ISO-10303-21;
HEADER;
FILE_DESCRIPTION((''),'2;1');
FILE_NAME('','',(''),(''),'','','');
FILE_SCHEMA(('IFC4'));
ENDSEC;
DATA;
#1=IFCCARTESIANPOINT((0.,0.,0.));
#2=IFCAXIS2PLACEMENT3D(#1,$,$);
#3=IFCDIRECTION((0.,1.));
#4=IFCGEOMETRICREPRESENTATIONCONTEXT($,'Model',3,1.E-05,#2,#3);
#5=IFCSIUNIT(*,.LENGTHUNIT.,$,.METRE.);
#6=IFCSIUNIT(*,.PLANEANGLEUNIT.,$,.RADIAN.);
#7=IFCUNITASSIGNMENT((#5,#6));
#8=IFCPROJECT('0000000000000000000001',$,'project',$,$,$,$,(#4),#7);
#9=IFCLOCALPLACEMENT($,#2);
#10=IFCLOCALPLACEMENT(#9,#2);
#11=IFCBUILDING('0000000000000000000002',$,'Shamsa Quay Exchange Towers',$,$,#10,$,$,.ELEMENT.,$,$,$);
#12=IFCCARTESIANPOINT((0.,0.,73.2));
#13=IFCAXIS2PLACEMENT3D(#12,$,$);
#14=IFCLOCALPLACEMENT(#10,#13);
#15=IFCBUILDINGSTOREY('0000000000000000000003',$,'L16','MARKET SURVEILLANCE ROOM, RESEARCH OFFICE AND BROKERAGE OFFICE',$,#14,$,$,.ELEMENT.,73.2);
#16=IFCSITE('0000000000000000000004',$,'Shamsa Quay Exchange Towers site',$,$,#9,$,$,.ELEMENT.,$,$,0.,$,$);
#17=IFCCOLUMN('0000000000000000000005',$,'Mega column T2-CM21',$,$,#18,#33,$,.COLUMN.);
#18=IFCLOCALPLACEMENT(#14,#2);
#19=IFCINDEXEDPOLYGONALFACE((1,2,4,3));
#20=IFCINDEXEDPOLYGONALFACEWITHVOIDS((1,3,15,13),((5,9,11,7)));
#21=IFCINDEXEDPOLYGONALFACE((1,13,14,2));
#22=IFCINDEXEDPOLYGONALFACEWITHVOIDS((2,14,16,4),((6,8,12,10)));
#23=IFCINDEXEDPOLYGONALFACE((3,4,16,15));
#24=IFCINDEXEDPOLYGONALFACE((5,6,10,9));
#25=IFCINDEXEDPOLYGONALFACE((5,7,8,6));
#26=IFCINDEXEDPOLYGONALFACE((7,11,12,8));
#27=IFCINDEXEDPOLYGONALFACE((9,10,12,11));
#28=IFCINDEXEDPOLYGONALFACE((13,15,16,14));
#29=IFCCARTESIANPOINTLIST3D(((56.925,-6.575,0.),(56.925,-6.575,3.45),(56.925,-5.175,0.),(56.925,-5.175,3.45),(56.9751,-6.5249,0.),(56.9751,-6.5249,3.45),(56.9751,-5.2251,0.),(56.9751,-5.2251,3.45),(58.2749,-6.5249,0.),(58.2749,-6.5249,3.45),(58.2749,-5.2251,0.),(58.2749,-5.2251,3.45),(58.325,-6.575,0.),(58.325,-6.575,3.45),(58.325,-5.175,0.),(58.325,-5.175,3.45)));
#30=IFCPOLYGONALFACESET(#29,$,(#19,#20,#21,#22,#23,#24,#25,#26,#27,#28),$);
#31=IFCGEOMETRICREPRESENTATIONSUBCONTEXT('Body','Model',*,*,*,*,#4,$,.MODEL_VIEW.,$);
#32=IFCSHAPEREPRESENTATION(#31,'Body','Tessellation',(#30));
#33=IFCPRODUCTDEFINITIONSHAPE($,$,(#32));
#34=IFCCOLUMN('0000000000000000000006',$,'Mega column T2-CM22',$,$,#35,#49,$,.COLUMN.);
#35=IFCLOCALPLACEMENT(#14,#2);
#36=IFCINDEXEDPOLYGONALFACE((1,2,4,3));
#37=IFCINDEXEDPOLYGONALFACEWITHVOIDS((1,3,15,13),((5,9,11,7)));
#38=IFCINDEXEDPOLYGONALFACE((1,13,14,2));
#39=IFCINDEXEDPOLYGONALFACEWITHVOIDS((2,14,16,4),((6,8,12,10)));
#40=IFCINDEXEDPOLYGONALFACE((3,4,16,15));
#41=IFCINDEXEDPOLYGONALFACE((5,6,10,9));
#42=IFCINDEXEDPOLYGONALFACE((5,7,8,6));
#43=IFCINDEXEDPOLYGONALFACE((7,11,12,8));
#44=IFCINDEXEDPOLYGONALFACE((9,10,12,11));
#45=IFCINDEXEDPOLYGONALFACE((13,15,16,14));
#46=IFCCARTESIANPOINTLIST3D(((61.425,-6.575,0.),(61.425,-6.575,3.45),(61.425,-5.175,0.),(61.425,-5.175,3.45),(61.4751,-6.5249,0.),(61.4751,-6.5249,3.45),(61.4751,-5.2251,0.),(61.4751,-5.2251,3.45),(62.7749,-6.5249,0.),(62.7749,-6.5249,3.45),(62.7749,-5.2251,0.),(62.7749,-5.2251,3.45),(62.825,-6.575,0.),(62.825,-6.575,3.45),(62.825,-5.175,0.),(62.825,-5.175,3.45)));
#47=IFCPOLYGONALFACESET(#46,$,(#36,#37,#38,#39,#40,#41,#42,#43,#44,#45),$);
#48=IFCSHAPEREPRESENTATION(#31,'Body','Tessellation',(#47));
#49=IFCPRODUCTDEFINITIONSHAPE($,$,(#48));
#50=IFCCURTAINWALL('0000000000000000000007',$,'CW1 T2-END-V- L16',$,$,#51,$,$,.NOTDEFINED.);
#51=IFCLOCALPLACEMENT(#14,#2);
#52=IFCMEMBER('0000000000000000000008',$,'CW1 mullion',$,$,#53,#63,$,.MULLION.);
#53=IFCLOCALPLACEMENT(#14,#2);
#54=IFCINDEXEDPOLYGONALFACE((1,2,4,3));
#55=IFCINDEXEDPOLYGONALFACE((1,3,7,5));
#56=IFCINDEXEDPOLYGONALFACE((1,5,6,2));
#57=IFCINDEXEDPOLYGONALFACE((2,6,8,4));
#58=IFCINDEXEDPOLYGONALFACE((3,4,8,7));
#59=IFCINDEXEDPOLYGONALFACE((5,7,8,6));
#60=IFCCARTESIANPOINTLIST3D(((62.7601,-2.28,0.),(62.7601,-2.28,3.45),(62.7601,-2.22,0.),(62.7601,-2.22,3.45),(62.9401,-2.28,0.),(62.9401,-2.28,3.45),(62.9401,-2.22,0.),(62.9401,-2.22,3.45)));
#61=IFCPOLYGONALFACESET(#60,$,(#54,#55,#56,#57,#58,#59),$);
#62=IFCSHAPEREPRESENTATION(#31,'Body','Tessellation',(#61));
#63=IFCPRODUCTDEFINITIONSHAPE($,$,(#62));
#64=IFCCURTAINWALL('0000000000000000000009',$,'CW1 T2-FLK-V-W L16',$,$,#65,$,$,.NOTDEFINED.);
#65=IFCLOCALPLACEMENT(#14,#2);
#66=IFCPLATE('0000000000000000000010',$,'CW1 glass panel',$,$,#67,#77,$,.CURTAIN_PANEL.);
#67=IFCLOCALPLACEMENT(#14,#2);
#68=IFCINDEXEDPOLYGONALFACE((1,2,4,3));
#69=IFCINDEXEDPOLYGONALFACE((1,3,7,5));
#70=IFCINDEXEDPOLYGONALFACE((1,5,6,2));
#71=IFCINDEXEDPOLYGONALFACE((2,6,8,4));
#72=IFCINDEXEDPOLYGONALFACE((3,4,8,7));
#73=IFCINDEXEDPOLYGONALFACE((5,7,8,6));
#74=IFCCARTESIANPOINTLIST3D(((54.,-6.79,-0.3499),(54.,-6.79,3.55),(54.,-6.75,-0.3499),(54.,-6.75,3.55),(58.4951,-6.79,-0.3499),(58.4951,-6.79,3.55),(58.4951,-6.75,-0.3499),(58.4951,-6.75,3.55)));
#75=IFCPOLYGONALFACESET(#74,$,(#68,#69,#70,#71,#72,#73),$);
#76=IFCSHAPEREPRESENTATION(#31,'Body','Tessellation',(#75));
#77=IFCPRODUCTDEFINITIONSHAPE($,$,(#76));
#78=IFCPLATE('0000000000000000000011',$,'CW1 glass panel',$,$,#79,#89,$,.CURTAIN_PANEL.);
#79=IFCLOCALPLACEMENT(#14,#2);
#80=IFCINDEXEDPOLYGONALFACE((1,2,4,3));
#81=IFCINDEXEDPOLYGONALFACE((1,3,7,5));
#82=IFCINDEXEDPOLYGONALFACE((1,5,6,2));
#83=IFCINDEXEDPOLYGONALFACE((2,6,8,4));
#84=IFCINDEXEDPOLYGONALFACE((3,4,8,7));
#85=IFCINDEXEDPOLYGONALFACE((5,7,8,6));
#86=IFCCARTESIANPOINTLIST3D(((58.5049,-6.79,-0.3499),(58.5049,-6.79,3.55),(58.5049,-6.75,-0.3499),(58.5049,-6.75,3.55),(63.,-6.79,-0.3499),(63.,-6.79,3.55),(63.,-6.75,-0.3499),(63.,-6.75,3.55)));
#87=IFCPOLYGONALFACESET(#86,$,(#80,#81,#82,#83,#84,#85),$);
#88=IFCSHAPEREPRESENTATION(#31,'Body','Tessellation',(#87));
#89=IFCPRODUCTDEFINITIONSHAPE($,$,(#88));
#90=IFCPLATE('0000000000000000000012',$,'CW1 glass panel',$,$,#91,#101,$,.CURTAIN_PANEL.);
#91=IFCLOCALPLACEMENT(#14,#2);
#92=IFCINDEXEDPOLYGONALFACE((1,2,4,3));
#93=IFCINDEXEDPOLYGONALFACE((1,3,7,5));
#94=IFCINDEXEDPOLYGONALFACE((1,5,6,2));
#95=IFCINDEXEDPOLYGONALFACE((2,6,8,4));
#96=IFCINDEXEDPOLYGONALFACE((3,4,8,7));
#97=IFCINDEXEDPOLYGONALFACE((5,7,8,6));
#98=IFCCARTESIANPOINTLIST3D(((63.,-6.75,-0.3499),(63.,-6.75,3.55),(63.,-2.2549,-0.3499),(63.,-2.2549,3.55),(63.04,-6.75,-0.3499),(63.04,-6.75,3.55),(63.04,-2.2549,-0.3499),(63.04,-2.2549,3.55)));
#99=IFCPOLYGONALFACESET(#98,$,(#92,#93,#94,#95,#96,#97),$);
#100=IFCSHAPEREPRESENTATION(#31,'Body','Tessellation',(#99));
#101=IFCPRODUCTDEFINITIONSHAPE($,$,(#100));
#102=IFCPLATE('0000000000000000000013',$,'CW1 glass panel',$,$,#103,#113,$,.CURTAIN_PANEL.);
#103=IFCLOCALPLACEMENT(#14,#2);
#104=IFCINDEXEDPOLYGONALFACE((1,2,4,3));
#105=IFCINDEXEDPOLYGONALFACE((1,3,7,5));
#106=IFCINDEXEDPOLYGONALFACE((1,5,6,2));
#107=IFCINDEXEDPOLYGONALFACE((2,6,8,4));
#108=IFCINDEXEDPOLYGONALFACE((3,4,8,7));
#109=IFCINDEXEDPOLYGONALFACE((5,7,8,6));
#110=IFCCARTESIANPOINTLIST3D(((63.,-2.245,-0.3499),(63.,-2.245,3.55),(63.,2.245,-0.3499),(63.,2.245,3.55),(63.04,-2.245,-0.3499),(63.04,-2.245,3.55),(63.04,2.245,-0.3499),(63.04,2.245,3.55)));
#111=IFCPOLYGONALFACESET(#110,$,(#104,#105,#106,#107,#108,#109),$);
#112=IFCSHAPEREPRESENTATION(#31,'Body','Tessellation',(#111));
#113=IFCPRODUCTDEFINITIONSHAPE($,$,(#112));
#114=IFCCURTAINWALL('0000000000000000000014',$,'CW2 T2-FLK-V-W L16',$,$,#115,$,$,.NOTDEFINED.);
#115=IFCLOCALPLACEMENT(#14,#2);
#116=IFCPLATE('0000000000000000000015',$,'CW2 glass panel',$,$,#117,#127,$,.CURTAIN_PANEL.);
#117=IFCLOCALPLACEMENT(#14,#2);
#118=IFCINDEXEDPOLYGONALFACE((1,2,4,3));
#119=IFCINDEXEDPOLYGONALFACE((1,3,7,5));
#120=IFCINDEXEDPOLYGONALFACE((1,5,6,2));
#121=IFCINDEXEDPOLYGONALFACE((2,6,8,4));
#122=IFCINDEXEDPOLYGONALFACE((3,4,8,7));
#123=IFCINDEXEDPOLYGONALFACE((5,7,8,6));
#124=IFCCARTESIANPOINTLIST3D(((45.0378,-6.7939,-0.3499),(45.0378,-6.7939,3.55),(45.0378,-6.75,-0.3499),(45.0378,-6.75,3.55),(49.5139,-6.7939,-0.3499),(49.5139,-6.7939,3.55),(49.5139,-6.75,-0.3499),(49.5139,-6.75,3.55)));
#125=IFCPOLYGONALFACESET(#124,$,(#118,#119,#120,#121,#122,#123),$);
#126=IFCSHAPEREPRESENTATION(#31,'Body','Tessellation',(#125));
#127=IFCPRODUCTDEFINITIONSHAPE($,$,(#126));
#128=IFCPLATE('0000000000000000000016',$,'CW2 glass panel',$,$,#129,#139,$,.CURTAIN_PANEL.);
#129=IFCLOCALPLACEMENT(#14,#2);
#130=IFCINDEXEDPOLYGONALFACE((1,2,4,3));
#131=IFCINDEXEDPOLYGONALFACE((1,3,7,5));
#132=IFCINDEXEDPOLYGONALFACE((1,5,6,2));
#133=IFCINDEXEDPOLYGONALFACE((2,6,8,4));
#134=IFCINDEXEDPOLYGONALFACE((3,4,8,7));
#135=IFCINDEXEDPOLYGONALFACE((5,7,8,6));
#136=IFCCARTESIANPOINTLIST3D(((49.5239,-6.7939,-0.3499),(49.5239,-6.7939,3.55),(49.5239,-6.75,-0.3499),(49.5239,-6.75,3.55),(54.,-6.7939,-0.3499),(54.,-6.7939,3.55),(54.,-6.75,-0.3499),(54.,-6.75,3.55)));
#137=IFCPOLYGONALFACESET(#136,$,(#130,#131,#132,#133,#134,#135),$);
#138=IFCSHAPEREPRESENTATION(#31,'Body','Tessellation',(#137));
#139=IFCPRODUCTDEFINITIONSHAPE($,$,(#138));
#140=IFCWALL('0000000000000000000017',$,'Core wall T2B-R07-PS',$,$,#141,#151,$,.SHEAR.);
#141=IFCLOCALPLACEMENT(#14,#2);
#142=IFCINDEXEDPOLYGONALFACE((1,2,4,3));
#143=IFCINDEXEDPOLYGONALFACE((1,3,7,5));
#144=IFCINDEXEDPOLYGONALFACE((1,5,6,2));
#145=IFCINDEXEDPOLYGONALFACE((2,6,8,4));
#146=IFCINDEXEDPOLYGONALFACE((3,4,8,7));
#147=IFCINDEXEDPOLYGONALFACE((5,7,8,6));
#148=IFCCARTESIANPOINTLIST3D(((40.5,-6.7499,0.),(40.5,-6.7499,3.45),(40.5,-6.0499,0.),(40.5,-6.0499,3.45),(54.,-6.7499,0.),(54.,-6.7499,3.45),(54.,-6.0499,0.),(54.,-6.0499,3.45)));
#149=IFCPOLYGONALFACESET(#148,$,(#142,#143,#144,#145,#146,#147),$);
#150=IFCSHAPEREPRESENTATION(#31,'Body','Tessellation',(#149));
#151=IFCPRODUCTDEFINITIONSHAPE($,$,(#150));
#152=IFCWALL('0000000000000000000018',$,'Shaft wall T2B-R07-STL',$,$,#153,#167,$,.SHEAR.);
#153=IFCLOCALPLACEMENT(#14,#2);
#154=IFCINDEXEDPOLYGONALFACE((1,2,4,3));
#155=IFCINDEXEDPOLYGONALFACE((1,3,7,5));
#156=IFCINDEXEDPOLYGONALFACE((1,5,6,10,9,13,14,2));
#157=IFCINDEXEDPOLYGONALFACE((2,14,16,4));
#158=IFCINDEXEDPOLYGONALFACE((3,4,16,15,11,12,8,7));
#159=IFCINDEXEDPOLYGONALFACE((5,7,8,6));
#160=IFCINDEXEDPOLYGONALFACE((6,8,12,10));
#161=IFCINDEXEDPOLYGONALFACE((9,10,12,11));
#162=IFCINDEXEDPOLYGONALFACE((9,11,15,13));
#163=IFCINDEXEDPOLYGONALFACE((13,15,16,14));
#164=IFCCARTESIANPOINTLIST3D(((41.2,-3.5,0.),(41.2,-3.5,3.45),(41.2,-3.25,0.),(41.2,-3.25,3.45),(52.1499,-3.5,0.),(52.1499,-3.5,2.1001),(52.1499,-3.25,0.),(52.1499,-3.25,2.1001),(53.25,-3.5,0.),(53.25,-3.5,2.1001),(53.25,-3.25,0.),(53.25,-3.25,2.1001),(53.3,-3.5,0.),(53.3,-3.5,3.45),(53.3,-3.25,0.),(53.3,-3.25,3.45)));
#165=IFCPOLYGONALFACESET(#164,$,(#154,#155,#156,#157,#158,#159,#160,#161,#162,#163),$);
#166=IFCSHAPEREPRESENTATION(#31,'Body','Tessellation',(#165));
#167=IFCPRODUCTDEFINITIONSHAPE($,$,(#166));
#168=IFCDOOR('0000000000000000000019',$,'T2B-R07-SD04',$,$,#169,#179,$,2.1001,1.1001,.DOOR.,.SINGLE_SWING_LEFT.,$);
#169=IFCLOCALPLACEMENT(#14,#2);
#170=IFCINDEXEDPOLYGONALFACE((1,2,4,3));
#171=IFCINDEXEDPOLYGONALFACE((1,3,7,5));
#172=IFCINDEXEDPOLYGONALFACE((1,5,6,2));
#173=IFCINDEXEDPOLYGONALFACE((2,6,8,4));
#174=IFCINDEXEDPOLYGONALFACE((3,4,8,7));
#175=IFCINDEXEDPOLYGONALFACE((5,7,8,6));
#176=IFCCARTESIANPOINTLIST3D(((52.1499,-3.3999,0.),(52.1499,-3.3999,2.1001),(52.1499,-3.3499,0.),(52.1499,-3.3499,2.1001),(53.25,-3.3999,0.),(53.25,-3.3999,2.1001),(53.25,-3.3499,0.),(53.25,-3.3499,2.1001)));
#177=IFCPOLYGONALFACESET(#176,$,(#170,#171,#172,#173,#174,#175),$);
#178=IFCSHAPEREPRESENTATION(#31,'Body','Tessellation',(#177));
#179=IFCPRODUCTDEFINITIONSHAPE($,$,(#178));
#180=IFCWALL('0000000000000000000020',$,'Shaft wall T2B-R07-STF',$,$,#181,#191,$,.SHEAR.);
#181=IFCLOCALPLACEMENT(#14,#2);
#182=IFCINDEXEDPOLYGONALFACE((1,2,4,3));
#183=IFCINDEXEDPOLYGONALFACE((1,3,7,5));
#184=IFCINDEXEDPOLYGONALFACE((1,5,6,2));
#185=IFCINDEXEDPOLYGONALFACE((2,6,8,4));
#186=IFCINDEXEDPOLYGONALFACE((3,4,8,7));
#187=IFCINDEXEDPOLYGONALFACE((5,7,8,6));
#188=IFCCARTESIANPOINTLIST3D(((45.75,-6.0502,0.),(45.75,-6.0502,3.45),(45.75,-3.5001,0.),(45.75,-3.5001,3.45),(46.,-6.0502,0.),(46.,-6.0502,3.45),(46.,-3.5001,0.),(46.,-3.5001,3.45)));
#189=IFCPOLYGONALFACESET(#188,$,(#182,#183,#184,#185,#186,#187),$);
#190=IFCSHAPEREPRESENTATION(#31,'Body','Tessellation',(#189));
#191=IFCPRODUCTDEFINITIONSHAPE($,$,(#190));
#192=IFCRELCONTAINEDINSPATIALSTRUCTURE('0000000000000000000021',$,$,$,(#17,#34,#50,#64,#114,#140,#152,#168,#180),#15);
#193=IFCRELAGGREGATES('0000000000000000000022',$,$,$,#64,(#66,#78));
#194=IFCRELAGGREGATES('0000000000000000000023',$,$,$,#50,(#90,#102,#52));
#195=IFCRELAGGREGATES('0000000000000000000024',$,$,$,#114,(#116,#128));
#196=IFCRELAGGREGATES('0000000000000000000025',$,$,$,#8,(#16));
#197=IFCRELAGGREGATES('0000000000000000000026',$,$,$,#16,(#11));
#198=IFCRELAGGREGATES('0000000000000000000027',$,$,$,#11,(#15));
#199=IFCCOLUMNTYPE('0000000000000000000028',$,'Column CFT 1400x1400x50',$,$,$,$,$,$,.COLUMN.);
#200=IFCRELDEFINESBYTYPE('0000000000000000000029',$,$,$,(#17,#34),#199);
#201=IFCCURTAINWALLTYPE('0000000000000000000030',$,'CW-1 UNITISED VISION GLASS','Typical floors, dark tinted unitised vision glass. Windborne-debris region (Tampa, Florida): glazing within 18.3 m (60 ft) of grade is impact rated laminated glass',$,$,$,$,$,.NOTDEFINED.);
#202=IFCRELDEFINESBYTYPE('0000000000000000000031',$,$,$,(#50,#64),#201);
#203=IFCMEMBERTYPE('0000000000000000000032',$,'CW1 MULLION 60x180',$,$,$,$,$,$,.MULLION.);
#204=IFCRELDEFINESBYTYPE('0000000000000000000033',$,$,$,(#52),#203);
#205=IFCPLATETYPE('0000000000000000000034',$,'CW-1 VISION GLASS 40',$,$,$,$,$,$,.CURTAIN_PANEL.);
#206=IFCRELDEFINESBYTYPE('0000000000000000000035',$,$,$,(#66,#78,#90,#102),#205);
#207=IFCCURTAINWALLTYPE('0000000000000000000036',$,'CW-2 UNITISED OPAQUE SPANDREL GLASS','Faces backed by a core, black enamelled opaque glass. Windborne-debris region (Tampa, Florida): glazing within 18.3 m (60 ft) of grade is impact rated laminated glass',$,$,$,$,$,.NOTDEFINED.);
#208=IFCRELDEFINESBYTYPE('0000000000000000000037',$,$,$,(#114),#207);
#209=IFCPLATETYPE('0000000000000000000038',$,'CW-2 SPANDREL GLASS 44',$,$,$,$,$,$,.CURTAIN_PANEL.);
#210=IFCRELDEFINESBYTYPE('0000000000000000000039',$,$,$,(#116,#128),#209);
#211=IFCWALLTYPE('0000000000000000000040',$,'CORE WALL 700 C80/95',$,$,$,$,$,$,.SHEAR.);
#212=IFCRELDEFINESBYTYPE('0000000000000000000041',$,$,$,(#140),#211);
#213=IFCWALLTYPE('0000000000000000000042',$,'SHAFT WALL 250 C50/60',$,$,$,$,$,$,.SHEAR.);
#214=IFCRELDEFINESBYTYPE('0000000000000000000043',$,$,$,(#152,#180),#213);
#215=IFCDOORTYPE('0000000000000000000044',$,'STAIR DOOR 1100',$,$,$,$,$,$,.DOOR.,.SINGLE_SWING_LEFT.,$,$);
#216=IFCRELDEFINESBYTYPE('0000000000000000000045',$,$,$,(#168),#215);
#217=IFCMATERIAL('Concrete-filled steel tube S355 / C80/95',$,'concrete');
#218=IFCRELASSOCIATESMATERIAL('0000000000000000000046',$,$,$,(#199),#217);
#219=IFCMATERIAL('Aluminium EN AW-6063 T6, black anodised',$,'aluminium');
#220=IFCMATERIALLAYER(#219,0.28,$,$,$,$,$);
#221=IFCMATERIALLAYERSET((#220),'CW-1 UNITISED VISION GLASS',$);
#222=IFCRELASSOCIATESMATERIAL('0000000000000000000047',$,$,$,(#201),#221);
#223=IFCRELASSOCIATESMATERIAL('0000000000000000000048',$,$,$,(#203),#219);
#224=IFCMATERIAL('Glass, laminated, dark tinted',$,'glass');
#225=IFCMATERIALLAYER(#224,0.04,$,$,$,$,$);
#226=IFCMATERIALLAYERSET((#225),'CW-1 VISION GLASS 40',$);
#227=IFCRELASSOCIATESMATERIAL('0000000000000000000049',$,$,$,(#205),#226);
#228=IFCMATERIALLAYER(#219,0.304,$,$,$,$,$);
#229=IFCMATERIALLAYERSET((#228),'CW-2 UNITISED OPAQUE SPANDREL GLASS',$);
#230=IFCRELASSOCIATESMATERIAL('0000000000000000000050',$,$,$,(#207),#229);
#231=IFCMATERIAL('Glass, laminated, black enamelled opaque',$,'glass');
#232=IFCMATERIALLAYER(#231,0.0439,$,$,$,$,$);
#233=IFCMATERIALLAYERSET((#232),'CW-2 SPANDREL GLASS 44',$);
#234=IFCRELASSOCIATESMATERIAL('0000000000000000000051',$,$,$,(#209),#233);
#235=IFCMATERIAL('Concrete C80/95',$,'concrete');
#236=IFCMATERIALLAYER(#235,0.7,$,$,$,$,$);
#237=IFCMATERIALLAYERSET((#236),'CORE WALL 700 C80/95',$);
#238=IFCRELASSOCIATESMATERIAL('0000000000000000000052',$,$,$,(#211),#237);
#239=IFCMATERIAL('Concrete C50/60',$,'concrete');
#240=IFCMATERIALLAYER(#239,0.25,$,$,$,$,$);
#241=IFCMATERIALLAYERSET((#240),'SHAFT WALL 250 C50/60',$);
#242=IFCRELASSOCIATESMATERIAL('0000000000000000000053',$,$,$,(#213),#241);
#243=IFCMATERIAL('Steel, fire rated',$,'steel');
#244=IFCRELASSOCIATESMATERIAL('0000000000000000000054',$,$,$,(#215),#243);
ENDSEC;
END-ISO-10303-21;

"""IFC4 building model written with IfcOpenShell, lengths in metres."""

from ifc_helpers import new_model, si_unit, direction, frame, frame_2d, origin, origin_2d, place, context, subcontext, project, spatial, rectangle, hollow_rectangle, extrude, material, layer, layer_set, material_profile, profile_set, type_object, element, fill, aggregate, save


model = new_model("IFC4")

# Units and contexts
model_context = context("Model", 3, precision=1e-05, world=origin(), true_north=direction((0.0, 1.0)))
body_context = subcontext(model_context, "Body", "Model", "MODEL_VIEW")
ifc_project = project(units=[si_unit("LENGTHUNIT", "METRE"), si_unit("PLANEANGLEUNIT", "RADIAN")], contexts=[model_context])

# Site, building, storey
site_placement = place(None, origin())
site = spatial("IfcSite", under=ifc_project, at=site_placement, Name="Shamsa Quay Exchange Towers site", CompositionType="ELEMENT", RefElevation=0.0)
building_placement = place(site_placement, origin())
building = spatial("IfcBuilding", under=site, at=building_placement, Name="Shamsa Quay Exchange Towers", CompositionType="ELEMENT")
storey_placement = place(building_placement, frame((0.0, 0.0, 73.2)))
storey = spatial("IfcBuildingStorey", under=building, at=storey_placement, Name="L16", Description="MARKET SURVEILLANCE ROOM, RESEARCH OFFICE AND BROKERAGE OFFICE", CompositionType="ELEMENT", Elevation=73.2)

# Columns
ifc_material_1 = material(Name="Concrete-filled steel tube S355 / C80/95", Category="concrete")
ifc_material_profile_1 = material_profile(ifc_material_1, hollow_rectangle(XDim=1.3999, YDim=1.3999, WallThickness=0.05, at=origin_2d()), Name="CFT 1400x1400x50")
ifc_profile_set_1 = profile_set([ifc_material_profile_1], Name="Concrete-filled steel tube S355 / C80/95")
column_type = type_object("IfcColumnType", Name="Column CFT 1400x1400x50", PredefinedType="COLUMN", material=ifc_profile_set_1)
for number, where, name in (
    (1, (57.625, -5.875, 0.0), "Mega column T2-CM21"),
    (2, (62.125, -5.875, 0.0), "Mega column T2-CM22"),
):
    element("IfcColumn", number, at=place(storey_placement, frame(where)), inside=storey, type_object=column_type, Name=name, PredefinedType="COLUMN", context=body_context, shape_type="SweptSolid", body=[
        extrude(hollow_rectangle(XDim=1.3999, YDim=1.3999, WallThickness=0.05, at=origin_2d()), origin(), (0.0, 0.0, 1.0), 3.45),
    ])

# Curtain wall, member
ifc_material_2 = material(Name="Aluminium EN AW-6063 T6, black anodised", Category="aluminium")
ifc_layer_1 = layer(ifc_material_2, 0.28)
ifc_layer_set_1 = layer_set([ifc_layer_1], Name="CW-1 UNITISED VISION GLASS")
curtain_wall_type_1 = type_object("IfcCurtainWallType", Name="CW-1 UNITISED VISION GLASS", Description="Typical floors, dark tinted unitised vision glass. Windborne-debris region (Tampa, Florida): glazing within 18.3 m (60 ft) of grade is impact rated laminated glass", PredefinedType="NOTDEFINED", material=ifc_layer_set_1)
curtain_wall_1_placement = place(storey_placement, origin())
curtain_wall_1 = element("IfcCurtainWall", 3, at=curtain_wall_1_placement, inside=storey, type_object=curtain_wall_type_1, Name="CW1 T2-END-V- L16", PredefinedType="NOTDEFINED")
ifc_material_profile_2 = material_profile(ifc_material_2, rectangle(XDim=0.1799, YDim=0.0601, at=origin_2d()), Name="MU60x180")
ifc_profile_set_2 = profile_set([ifc_material_profile_2], Name="Aluminium EN AW-6063 T6, black anodised")
member_type = type_object("IfcMemberType", Name="CW1 MULLION 60x180", PredefinedType="MULLION", material=ifc_profile_set_2)
member_placement = place(storey_placement, frame((62.8501, -2.25, 0.0), z_axis=(0.0, 0.0, 1.0), x_axis=(-1.0, 0.0, 0.0)))
member = element("IfcMember", 4, at=member_placement, type_object=member_type, Name="CW1 mullion", PredefinedType="MULLION", context=body_context, shape_type="SweptSolid", body=[
    extrude(rectangle(XDim=0.1799, YDim=0.0601, at=origin_2d()), origin(), (0.0, 0.0, 1.0), 3.45),
])

# Curtain wall, plates
curtain_wall_2_placement = place(storey_placement, origin())
curtain_wall_2 = element("IfcCurtainWall", 5, at=curtain_wall_2_placement, inside=storey, type_object=curtain_wall_type_1, Name="CW1 T2-FLK-V-W L16", PredefinedType="NOTDEFINED")
ifc_material_3 = material(Name="Glass, laminated, dark tinted", Category="glass")
ifc_layer_2 = layer(ifc_material_3, 0.04)
ifc_layer_set_2 = layer_set([ifc_layer_2], Name="CW-1 VISION GLASS 40")
plate_type_1 = type_object("IfcPlateType", Name="CW-1 VISION GLASS 40", PredefinedType="CURTAIN_PANEL", material=ifc_layer_set_2)
plate_1_placement = place(storey_placement, frame((56.2476, -6.77, -0.3499)))
plate_1 = element("IfcPlate", 6, at=plate_1_placement, type_object=plate_type_1, Name="CW1 glass panel", PredefinedType="CURTAIN_PANEL", context=body_context, shape_type="SweptSolid", body=[
    extrude(rectangle(XDim=4.4951, YDim=0.04, at=origin_2d()), origin(), (0.0, 0.0, 1.0), 3.8999),
])
plate_2_placement = place(storey_placement, frame((60.7524, -6.77, -0.3499)))
plate_2 = element("IfcPlate", 7, at=plate_2_placement, type_object=plate_type_1, Name="CW1 glass panel", PredefinedType="CURTAIN_PANEL", context=body_context, shape_type="SweptSolid", body=[
    extrude(rectangle(XDim=4.4951, YDim=0.04, at=origin_2d()), origin(), (0.0, 0.0, 1.0), 3.8999),
])
aggregate(curtain_wall_2, [plate_1, plate_2])

# Plates
plate_3_placement = place(storey_placement, frame((63.02, -4.5024, -0.3499), z_axis=(0.0, 0.0, 1.0), x_axis=(0.0, 1.0, 0.0)))
plate_3 = element("IfcPlate", 8, at=plate_3_placement, type_object=plate_type_1, Name="CW1 glass panel", PredefinedType="CURTAIN_PANEL", context=body_context, shape_type="SweptSolid", body=[
    extrude(rectangle(XDim=4.4951, YDim=0.04, at=origin_2d()), origin(), (0.0, 0.0, 1.0), 3.8999),
])
plate_4_placement = place(storey_placement, frame((63.02, 0.0, -0.3499), z_axis=(0.0, 0.0, 1.0), x_axis=(0.0, 1.0, 0.0)))
plate_4 = element("IfcPlate", 9, at=plate_4_placement, type_object=plate_type_1, Name="CW1 glass panel", PredefinedType="CURTAIN_PANEL", context=body_context, shape_type="SweptSolid", body=[
    extrude(rectangle(XDim=4.49, YDim=0.04, at=origin_2d()), origin(), (0.0, 0.0, 1.0), 3.8999),
])
aggregate(curtain_wall_1, [plate_3, plate_4, member])

# Curtain wall, plates
ifc_layer_3 = layer(ifc_material_2, 0.304)
ifc_layer_set_3 = layer_set([ifc_layer_3], Name="CW-2 UNITISED OPAQUE SPANDREL GLASS")
curtain_wall_type_2 = type_object("IfcCurtainWallType", Name="CW-2 UNITISED OPAQUE SPANDREL GLASS", Description="Faces backed by a core, black enamelled opaque glass. Windborne-debris region (Tampa, Florida): glazing within 18.3 m (60 ft) of grade is impact rated laminated glass", PredefinedType="NOTDEFINED", material=ifc_layer_set_3)
curtain_wall_3_placement = place(storey_placement, origin())
curtain_wall_3 = element("IfcCurtainWall", 10, at=curtain_wall_3_placement, inside=storey, type_object=curtain_wall_type_2, Name="CW2 T2-FLK-V-W L16", PredefinedType="NOTDEFINED")
ifc_material_4 = material(Name="Glass, laminated, black enamelled opaque", Category="glass")
ifc_layer_4 = layer(ifc_material_4, 0.0439)
ifc_layer_set_4 = layer_set([ifc_layer_4], Name="CW-2 SPANDREL GLASS 44")
plate_type_2 = type_object("IfcPlateType", Name="CW-2 SPANDREL GLASS 44", PredefinedType="CURTAIN_PANEL", material=ifc_layer_set_4)
plate_5_placement = place(storey_placement, frame((47.2759, -6.772, -0.3499)))
plate_5 = element("IfcPlate", 11, at=plate_5_placement, type_object=plate_type_2, Name="CW2 glass panel", PredefinedType="CURTAIN_PANEL", context=body_context, shape_type="SweptSolid", body=[
    extrude(rectangle(XDim=4.4761, YDim=0.0439, at=origin_2d()), origin(), (0.0, 0.0, 1.0), 3.8999),
])
plate_6_placement = place(storey_placement, frame((51.762, -6.772, -0.3499)))
plate_6 = element("IfcPlate", 12, at=plate_6_placement, type_object=plate_type_2, Name="CW2 glass panel", PredefinedType="CURTAIN_PANEL", context=body_context, shape_type="SweptSolid", body=[
    extrude(rectangle(XDim=4.4761, YDim=0.0439, at=origin_2d()), origin(), (0.0, 0.0, 1.0), 3.8999),
])
aggregate(curtain_wall_3, [plate_5, plate_6])

# Wall
ifc_material_5 = material(Name="Concrete C80/95", Category="concrete")
ifc_layer_5 = layer(ifc_material_5, 0.7)
ifc_layer_set_5 = layer_set([ifc_layer_5], Name="CORE WALL 700 C80/95")
wall_type_1 = type_object("IfcWallType", Name="CORE WALL 700 C80/95", PredefinedType="SHEAR", material=ifc_layer_set_5)
wall_1_placement = place(storey_placement, frame((54.0, -6.3999, 0.0), z_axis=(0.0, 0.0, 1.0), x_axis=(-1.0, 0.0, 0.0)))
element("IfcWall", 13, at=wall_1_placement, inside=storey, type_object=wall_type_1, Name="Core wall T2B-R07-PS", PredefinedType="SHEAR", context=body_context, shape_type="SweptSolid", body=[
    extrude(rectangle(XDim=13.5, YDim=0.7, at=frame_2d((6.75, 0.0))), origin(), (0.0, 0.0, 1.0), 3.45),
])

# Wall, opening, door
ifc_material_6 = material(Name="Steel, fire rated", Category="steel")
ifc_material_7 = material(Name="Concrete C50/60", Category="concrete")
ifc_layer_6 = layer(ifc_material_7, 0.25)
ifc_layer_set_6 = layer_set([ifc_layer_6], Name="SHAFT WALL 250 C50/60")
wall_type_2 = type_object("IfcWallType", Name="SHAFT WALL 250 C50/60", PredefinedType="SHEAR", material=ifc_layer_set_6)
wall_2_placement = place(storey_placement, frame((53.3, -3.375, 0.0), z_axis=(0.0, 0.0, 1.0), x_axis=(-1.0, 0.0, 0.0)))
wall_2 = element("IfcWall", 14, at=wall_2_placement, inside=storey, type_object=wall_type_2, Name="Shaft wall T2B-R07-STL", PredefinedType="SHEAR", context=body_context, shape_type="SweptSolid", body=[
    extrude(rectangle(XDim=12.1001, YDim=0.25, at=frame_2d((6.05, 0.0))), origin(), (0.0, 0.0, 1.0), 3.45),
])
opening_1_placement = place(wall_2_placement, frame((0.05, 0.0, 0.0)))
opening_1 = element("IfcOpeningElement", 15, at=opening_1_placement, cuts=wall_2, PredefinedType="OPENING", context=body_context, shape_type="SweptSolid", body=[
    extrude(rectangle(XDim=1.1001, YDim=2.1001, at=frame_2d((0.55, 1.05))), frame((0.0, 0.135, 0.0), z_axis=(0.0, -1.0, 0.0), x_axis=(1.0, 0.0, 0.0)), (0.0, 0.0, 1.0), 0.27),
])
door_type_1 = type_object("IfcDoorType", Name="STAIR DOOR 1100", OperationType="SINGLE_SWING_LEFT", PredefinedType="DOOR", material=ifc_material_6)
door_1_placement = place(opening_1_placement, origin())
door_1 = element("IfcDoor", 16, at=door_1_placement, inside=storey, type_object=door_type_1, Name="T2B-R07-SD04", OperationType="SINGLE_SWING_LEFT", OverallHeight=2.1001, OverallWidth=1.1001, PredefinedType="DOOR", context=body_context, shape_type="SweptSolid", body=[
    extrude(rectangle(XDim=1.1001, YDim=2.1001, at=frame_2d((0.55, 1.05))), frame((0.0, 0.0249, 0.0), z_axis=(0.0, -1.0, 0.0), x_axis=(1.0, 0.0, 0.0)), (0.0, 0.0, 1.0), 0.05),
])
fill(opening_1, door_1)

# Wall
wall_3_placement = place(storey_placement, frame((45.875, -6.05, 0.0), z_axis=(0.0, 0.0, 1.0), x_axis=(0.0, 1.0, 0.0)))
element("IfcWall", 17, at=wall_3_placement, inside=storey, type_object=wall_type_2, Name="Shaft wall T2B-R07-STF", PredefinedType="SHEAR", context=body_context, shape_type="SweptSolid", body=[
    extrude(rectangle(XDim=2.55, YDim=0.25, at=frame_2d((1.2749, 0.0))), origin(), (0.0, 0.0, 1.0), 3.45),
])

save(model, "model.ifc")
